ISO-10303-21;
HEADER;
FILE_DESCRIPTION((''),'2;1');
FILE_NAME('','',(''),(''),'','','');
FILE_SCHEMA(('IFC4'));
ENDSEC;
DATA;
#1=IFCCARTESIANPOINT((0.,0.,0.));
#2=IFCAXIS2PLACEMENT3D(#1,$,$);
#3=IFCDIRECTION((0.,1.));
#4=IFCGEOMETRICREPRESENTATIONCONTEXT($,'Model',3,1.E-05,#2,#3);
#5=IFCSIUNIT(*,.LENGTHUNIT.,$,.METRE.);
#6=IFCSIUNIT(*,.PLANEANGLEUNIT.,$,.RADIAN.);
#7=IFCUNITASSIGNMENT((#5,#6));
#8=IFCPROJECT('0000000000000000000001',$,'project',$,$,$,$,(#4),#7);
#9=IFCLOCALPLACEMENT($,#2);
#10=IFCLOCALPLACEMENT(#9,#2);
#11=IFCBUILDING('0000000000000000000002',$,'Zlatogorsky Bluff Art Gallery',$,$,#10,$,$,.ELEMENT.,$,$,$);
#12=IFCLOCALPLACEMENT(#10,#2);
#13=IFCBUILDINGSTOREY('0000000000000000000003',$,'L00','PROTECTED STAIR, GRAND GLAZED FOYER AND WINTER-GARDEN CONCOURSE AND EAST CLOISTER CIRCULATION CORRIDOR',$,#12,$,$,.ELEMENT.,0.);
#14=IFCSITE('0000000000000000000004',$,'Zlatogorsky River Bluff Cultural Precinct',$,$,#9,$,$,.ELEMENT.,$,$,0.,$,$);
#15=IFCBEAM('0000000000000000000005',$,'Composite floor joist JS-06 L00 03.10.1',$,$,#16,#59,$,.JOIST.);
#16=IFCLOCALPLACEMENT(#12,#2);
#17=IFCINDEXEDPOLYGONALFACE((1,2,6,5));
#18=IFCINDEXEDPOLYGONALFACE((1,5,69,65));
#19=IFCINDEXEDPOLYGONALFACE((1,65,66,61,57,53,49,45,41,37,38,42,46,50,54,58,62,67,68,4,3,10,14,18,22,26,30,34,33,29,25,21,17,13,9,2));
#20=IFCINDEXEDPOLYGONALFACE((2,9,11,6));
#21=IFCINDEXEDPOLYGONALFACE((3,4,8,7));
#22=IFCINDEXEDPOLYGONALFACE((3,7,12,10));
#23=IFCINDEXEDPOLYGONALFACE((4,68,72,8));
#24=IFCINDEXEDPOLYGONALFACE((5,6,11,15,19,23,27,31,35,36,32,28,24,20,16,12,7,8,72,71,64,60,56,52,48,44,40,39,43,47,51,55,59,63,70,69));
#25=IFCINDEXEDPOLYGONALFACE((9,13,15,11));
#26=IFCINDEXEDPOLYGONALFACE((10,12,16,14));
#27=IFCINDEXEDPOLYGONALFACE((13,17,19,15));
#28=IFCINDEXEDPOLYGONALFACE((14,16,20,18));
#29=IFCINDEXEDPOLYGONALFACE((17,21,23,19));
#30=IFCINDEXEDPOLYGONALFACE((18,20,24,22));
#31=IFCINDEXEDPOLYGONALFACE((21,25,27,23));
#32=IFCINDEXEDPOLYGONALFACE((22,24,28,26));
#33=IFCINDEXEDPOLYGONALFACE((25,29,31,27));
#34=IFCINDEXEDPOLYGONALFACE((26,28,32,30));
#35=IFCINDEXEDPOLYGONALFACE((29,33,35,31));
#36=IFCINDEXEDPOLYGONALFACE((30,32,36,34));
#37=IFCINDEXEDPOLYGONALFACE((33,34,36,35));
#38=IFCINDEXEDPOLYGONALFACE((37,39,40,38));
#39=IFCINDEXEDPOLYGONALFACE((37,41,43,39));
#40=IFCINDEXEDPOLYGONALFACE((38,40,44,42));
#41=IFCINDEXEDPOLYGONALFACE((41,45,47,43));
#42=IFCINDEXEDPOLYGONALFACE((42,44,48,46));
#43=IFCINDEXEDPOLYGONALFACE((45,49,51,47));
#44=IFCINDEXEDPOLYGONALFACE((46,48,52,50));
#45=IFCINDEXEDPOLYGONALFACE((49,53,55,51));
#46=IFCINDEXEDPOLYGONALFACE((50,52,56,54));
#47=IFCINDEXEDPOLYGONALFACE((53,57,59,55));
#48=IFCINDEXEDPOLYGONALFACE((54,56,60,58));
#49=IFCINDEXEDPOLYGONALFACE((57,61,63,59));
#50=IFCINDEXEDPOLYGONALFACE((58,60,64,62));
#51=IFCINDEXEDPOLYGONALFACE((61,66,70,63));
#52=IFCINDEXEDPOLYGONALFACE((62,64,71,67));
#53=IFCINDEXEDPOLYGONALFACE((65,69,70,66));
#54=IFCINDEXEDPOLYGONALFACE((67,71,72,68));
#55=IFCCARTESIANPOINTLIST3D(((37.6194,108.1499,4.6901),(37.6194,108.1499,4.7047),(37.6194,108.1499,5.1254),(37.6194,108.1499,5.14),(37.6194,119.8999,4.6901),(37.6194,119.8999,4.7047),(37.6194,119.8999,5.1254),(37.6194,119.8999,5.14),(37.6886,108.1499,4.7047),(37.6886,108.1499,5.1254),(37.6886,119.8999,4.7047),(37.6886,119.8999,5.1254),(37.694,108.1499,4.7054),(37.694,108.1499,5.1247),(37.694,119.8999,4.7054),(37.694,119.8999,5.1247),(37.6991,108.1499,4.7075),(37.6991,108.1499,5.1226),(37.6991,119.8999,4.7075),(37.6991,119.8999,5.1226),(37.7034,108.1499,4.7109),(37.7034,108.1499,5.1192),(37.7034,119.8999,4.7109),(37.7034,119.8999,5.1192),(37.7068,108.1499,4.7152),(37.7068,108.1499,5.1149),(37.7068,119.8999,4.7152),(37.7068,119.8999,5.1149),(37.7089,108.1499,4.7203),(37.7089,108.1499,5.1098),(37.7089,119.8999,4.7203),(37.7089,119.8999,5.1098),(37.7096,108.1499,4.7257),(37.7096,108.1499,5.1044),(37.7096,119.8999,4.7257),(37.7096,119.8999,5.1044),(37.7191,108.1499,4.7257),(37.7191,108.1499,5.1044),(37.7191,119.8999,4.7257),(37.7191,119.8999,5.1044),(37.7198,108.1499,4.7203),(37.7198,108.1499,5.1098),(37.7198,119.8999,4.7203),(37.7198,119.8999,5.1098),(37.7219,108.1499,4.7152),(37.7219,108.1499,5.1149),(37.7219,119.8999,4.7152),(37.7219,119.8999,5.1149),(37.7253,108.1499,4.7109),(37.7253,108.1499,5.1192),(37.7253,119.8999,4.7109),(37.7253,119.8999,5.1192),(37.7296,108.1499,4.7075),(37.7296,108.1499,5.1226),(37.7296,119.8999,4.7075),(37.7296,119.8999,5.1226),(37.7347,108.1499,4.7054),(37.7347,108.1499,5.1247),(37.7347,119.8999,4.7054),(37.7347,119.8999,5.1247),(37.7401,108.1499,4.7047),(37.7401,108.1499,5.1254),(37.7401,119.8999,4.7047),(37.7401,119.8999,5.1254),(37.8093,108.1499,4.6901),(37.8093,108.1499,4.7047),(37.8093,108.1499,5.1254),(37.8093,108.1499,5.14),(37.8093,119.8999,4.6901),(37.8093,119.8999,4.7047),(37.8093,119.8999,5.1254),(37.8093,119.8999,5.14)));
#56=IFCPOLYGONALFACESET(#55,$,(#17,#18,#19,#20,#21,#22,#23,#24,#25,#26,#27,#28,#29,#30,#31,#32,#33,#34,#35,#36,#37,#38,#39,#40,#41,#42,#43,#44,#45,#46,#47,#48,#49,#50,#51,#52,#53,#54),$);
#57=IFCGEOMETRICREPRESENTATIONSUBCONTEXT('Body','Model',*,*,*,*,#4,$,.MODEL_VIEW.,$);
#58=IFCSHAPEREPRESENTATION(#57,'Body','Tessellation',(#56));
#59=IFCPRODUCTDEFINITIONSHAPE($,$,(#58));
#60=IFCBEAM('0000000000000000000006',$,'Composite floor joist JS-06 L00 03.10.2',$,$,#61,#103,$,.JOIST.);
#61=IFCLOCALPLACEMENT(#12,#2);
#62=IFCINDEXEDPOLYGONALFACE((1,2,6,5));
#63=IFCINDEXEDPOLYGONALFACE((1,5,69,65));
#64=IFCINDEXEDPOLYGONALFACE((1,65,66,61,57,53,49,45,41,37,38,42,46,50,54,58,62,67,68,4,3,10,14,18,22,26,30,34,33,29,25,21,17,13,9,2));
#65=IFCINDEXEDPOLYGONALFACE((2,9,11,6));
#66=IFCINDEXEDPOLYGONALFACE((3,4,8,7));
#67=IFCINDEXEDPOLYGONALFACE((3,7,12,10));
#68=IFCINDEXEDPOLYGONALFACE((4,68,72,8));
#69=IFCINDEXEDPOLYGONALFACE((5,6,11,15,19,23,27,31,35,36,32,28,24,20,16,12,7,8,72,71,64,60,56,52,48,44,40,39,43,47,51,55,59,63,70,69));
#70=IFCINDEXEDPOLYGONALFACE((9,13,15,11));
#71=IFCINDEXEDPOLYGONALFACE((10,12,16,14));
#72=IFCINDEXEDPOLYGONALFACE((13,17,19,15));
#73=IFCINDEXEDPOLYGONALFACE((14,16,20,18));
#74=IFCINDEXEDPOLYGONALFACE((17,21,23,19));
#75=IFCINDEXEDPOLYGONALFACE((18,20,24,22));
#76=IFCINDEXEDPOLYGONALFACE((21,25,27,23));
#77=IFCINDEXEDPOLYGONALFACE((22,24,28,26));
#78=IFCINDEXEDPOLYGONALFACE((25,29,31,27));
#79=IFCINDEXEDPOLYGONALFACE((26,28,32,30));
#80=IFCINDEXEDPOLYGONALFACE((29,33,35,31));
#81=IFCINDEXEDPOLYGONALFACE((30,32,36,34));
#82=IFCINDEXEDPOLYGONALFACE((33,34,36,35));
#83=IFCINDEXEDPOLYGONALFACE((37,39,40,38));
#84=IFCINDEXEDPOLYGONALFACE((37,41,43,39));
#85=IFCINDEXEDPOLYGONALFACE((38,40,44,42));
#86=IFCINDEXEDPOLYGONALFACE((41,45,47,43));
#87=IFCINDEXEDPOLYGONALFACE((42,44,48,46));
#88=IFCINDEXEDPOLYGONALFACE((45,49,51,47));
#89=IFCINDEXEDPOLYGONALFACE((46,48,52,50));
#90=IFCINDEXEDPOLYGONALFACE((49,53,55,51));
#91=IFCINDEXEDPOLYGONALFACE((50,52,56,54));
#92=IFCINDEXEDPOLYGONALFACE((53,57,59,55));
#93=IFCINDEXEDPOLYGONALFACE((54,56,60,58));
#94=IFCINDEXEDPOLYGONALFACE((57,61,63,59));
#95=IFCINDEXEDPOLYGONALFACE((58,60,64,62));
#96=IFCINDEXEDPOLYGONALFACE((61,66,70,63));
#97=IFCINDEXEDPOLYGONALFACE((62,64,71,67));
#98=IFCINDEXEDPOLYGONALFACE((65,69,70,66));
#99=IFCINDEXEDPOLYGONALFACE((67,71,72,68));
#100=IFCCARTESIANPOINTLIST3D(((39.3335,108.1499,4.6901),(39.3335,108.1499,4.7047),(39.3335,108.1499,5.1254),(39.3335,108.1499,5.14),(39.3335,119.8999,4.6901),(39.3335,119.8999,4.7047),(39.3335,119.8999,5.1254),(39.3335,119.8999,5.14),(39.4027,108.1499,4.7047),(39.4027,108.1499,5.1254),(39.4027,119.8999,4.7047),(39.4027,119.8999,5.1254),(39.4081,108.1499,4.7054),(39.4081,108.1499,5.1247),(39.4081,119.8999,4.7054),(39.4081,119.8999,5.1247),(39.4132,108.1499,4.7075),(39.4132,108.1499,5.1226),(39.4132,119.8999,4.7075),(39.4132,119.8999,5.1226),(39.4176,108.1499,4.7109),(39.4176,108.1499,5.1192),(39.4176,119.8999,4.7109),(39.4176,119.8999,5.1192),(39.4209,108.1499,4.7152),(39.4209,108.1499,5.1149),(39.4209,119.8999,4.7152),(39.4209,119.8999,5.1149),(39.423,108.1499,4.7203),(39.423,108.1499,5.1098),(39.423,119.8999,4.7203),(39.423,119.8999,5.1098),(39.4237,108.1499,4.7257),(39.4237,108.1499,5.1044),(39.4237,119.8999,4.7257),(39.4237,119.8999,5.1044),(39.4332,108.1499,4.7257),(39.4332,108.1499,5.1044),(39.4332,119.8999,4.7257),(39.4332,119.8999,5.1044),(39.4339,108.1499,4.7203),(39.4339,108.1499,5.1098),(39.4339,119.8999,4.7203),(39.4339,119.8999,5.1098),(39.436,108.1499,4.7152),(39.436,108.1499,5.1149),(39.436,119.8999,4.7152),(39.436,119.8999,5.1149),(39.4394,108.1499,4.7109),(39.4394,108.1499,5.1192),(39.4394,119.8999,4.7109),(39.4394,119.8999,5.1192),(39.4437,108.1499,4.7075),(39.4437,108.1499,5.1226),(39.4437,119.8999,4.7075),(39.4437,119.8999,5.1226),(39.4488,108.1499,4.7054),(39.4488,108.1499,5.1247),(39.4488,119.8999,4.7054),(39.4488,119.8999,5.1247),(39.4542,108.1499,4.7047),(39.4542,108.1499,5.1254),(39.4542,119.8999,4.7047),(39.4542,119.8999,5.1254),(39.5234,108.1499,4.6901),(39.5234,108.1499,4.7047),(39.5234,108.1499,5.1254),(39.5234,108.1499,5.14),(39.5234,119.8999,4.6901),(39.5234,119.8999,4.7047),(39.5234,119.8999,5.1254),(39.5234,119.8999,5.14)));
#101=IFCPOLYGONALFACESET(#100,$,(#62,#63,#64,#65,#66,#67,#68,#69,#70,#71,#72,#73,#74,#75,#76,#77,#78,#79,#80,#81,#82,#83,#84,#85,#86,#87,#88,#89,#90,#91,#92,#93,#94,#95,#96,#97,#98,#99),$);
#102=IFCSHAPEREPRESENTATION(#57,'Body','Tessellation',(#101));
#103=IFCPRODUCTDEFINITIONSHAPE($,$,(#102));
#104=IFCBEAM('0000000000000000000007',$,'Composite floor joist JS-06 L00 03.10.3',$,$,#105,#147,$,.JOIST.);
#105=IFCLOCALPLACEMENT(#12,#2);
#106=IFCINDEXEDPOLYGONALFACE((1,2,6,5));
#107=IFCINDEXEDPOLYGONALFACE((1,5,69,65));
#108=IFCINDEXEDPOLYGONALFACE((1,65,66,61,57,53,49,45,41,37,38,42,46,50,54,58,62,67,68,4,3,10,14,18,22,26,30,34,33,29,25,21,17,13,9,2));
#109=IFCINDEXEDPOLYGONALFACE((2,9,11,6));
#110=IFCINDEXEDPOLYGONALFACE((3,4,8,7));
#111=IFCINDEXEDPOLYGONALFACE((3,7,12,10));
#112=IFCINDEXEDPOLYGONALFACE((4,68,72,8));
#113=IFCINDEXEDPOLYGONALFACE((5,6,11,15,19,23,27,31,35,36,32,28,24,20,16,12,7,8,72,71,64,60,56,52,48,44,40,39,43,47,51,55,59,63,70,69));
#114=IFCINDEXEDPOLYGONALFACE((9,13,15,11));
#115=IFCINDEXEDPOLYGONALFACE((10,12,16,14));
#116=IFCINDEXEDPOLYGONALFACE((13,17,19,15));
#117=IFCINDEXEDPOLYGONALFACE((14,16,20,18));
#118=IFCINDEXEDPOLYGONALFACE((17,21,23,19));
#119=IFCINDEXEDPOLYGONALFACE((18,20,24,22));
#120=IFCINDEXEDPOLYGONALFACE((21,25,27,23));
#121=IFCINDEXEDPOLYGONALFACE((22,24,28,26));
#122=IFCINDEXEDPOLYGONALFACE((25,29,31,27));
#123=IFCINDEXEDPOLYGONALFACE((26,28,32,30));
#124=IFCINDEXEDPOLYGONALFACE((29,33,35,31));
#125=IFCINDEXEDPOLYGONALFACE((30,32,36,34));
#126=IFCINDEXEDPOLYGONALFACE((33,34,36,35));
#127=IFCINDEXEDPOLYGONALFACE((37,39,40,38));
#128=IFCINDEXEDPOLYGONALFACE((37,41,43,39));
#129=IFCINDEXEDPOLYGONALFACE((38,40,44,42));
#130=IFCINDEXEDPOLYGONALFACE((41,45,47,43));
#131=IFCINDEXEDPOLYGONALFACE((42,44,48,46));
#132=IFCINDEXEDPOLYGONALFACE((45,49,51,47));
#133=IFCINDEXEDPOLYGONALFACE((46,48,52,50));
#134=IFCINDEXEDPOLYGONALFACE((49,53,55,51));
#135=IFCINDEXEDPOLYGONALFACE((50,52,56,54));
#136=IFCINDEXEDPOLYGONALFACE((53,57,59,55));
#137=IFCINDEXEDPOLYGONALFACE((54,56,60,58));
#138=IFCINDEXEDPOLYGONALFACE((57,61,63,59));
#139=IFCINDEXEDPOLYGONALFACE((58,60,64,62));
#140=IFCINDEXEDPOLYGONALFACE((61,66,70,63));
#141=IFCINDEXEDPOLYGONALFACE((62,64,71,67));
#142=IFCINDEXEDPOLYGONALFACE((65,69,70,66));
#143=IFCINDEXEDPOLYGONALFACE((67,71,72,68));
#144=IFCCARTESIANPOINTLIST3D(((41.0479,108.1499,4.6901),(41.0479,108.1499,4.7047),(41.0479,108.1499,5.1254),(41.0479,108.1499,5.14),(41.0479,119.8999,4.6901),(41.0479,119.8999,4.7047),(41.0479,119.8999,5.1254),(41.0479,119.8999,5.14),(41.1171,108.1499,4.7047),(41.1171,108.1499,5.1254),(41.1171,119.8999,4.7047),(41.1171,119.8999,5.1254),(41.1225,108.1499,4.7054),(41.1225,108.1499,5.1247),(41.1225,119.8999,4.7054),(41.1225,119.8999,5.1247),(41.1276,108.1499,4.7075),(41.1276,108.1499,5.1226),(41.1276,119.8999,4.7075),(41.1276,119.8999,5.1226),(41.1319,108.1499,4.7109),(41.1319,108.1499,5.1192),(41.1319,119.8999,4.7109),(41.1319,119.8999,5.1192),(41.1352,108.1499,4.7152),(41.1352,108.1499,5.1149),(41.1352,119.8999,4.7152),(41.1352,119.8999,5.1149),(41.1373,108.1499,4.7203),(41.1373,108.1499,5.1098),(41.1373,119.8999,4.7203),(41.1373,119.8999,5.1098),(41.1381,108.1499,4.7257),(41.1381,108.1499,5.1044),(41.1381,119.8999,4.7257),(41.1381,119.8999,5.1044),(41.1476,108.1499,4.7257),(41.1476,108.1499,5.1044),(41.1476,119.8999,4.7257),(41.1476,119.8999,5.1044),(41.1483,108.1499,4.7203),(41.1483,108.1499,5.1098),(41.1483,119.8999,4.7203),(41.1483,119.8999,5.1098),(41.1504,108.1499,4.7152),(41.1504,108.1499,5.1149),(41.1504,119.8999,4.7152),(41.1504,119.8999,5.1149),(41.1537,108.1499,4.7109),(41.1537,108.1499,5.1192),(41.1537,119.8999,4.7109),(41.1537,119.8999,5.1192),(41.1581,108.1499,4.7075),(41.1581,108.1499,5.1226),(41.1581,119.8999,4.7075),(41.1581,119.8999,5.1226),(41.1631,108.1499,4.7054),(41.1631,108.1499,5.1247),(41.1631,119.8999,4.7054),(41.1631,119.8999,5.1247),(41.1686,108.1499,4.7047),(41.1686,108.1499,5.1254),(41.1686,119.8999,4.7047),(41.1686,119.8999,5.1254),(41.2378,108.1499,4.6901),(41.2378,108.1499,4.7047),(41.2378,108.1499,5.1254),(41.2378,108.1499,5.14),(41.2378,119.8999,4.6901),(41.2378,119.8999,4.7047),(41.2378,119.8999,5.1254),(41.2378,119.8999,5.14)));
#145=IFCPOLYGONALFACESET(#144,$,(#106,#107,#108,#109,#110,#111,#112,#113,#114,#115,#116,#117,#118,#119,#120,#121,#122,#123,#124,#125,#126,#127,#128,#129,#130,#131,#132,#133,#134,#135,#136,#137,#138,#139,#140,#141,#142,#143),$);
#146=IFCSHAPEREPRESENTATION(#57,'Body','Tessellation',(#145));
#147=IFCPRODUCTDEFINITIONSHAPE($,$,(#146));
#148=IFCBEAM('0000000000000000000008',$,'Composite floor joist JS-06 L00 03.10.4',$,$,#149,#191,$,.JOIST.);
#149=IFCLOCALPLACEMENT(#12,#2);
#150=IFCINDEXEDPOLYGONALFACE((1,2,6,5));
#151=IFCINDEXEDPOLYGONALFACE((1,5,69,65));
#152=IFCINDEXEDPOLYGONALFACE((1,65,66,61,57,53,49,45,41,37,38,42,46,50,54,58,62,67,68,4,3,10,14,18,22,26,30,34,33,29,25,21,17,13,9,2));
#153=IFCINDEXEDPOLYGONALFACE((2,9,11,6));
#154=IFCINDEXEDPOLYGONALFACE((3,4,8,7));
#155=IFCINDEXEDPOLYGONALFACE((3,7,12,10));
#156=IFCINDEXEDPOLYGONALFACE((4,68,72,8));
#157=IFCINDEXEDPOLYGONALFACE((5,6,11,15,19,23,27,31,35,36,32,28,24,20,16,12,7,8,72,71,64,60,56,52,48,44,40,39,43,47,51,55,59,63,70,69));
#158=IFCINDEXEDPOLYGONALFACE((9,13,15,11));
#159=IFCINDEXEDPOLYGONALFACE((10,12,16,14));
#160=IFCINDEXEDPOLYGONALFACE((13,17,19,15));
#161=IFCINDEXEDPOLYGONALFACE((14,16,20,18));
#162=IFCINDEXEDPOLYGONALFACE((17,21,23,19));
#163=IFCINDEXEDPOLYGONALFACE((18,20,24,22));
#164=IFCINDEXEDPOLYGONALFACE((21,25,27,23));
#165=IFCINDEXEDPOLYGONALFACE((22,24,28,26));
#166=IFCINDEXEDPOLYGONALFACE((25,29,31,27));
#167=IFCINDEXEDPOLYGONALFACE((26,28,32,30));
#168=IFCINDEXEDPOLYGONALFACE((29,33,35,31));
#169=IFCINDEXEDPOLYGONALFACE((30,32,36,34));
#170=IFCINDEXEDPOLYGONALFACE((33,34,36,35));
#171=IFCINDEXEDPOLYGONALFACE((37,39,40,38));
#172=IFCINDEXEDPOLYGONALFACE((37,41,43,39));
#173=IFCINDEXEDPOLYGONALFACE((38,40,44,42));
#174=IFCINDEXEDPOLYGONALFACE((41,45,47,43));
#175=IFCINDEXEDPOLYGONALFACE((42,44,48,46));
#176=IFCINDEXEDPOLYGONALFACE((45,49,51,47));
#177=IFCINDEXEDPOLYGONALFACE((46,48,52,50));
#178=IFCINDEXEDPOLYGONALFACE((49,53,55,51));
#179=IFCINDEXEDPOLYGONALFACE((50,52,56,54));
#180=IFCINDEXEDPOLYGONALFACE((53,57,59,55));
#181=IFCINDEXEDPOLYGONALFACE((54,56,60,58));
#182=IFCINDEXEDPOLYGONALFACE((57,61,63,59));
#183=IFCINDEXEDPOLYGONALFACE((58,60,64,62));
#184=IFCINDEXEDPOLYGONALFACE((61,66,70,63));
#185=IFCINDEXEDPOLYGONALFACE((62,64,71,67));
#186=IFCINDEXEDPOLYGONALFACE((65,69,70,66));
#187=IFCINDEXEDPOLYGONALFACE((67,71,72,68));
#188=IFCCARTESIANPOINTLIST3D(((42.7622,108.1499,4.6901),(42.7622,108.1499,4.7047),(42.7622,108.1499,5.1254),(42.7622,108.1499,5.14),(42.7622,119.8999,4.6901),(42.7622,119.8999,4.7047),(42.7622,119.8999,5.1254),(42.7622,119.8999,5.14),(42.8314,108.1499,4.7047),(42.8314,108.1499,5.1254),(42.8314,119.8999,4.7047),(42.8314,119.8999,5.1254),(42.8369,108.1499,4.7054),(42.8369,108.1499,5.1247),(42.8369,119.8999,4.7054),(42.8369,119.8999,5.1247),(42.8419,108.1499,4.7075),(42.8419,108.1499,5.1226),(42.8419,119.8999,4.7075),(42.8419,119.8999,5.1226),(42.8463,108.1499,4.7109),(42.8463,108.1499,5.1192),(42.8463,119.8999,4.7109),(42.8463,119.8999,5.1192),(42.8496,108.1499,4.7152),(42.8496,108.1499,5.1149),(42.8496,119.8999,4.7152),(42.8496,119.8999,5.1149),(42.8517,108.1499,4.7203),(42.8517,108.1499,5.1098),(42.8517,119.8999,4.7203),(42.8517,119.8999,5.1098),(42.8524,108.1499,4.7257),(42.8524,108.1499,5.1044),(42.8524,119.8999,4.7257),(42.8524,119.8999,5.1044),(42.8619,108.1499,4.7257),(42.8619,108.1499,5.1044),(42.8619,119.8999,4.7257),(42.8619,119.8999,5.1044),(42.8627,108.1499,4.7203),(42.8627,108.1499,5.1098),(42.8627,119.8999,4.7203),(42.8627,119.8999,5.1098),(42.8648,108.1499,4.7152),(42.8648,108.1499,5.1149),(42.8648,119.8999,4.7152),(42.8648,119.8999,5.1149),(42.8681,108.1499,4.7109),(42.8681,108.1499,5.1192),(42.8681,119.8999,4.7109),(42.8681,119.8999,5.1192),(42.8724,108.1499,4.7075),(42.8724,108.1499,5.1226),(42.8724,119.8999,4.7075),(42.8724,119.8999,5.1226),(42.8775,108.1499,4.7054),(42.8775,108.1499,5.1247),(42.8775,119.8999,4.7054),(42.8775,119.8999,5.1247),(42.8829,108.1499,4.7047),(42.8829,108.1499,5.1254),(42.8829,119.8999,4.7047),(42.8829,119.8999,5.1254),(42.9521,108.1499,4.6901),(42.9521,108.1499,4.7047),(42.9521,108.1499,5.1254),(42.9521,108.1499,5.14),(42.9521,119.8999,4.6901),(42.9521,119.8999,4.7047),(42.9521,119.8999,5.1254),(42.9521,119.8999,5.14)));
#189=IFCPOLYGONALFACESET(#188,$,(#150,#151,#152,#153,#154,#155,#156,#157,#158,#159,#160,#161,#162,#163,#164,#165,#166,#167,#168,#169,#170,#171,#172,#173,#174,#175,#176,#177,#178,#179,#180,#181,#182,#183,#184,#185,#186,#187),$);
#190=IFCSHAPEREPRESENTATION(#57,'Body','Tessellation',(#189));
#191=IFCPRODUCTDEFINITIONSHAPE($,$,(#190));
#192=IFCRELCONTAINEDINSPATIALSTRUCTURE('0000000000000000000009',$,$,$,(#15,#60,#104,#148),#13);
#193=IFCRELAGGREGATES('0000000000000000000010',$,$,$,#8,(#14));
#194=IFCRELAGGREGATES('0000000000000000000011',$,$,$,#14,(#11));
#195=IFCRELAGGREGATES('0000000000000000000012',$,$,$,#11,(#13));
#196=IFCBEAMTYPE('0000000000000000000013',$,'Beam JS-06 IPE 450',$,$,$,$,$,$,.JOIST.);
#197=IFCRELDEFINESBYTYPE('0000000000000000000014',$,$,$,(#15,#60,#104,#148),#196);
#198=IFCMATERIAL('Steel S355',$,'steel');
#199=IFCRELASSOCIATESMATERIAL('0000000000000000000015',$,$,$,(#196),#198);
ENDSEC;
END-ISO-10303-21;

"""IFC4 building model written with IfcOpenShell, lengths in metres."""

from ifc_helpers import new_model, si_unit, direction, frame, origin, origin_2d, place, context, subcontext, project, spatial, i_section, extrude, material, material_profile, profile_set, type_object, element, save


model = new_model("IFC4")

# Units and contexts
model_context = context("Model", 3, precision=1e-05, world=origin(), true_north=direction((0.0, 1.0)))
body_context = subcontext(model_context, "Body", "Model", "MODEL_VIEW")
ifc_project = project(units=[si_unit("LENGTHUNIT", "METRE"), si_unit("PLANEANGLEUNIT", "RADIAN")], contexts=[model_context])

# Site, building, storey
site_placement = place(None, origin())
site = spatial("IfcSite", under=ifc_project, at=site_placement, Name="Zlatogorsky River Bluff Cultural Precinct", CompositionType="ELEMENT", RefElevation=0.0)
building_placement = place(site_placement, origin())
building = spatial("IfcBuilding", under=site, at=building_placement, Name="Zlatogorsky Bluff Art Gallery", CompositionType="ELEMENT")
storey_placement = place(building_placement, origin())
storey = spatial("IfcBuildingStorey", under=building, at=storey_placement, Name="L00", Description="PROTECTED STAIR, GRAND GLAZED FOYER AND WINTER-GARDEN CONCOURSE AND EAST CLOISTER CIRCULATION CORRIDOR", CompositionType="ELEMENT", Elevation=0.0)

# Shared definitions
ifc_material_1 = material(Name="Steel S355", Category="steel")

# Beams
ifc_material_profile_1 = material_profile(ifc_material_1, i_section(OverallWidth=0.1899, OverallDepth=0.45, WebThickness=0.0095, FlangeThickness=0.0146, FilletRadius=0.021, at=origin_2d()), Name="IPE 450")
ifc_profile_set_1 = profile_set([ifc_material_profile_1], Name="Steel S355")
beam_type_1 = type_object("IfcBeamType", Name="Beam JS-06 IPE 450", PredefinedType="JOIST", material=ifc_profile_set_1)
for number, where, z_axis, x_axis, name in (
    (1, (37.7144, 108.1499, 4.915), (0.0, 1.0, 0.0), (-1.0, 0.0, 0.0), "Composite floor joist JS-06 L00 03.10.1"),
    (2, (39.4285, 108.1499, 4.915), (0.0, 1.0, 0.0), (-1.0, 0.0, 0.0), "Composite floor joist JS-06 L00 03.10.2"),
    (3, (41.1428, 108.1499, 4.915), (0.0, 1.0, 0.0), (-1.0, 0.0, 0.0), "Composite floor joist JS-06 L00 03.10.3"),
    (4, (42.8572, 108.1499, 4.915), (0.0, 1.0, 0.0), (-1.0, 0.0, 0.0), "Composite floor joist JS-06 L00 03.10.4"),
):
    element("IfcBeam", number, at=place(storey_placement, frame(where, z_axis=z_axis, x_axis=x_axis)), inside=storey, type_object=beam_type_1, Name=name, PredefinedType="JOIST", context=body_context, shape_type="SweptSolid", body=[
        extrude(i_section(OverallWidth=0.1899, OverallDepth=0.45, WebThickness=0.0095, FlangeThickness=0.0146, FilletRadius=0.021, at=origin_2d()), origin(), (0.0, 0.0, 1.0), 11.75),
    ])

save(model, "model.ifc")
